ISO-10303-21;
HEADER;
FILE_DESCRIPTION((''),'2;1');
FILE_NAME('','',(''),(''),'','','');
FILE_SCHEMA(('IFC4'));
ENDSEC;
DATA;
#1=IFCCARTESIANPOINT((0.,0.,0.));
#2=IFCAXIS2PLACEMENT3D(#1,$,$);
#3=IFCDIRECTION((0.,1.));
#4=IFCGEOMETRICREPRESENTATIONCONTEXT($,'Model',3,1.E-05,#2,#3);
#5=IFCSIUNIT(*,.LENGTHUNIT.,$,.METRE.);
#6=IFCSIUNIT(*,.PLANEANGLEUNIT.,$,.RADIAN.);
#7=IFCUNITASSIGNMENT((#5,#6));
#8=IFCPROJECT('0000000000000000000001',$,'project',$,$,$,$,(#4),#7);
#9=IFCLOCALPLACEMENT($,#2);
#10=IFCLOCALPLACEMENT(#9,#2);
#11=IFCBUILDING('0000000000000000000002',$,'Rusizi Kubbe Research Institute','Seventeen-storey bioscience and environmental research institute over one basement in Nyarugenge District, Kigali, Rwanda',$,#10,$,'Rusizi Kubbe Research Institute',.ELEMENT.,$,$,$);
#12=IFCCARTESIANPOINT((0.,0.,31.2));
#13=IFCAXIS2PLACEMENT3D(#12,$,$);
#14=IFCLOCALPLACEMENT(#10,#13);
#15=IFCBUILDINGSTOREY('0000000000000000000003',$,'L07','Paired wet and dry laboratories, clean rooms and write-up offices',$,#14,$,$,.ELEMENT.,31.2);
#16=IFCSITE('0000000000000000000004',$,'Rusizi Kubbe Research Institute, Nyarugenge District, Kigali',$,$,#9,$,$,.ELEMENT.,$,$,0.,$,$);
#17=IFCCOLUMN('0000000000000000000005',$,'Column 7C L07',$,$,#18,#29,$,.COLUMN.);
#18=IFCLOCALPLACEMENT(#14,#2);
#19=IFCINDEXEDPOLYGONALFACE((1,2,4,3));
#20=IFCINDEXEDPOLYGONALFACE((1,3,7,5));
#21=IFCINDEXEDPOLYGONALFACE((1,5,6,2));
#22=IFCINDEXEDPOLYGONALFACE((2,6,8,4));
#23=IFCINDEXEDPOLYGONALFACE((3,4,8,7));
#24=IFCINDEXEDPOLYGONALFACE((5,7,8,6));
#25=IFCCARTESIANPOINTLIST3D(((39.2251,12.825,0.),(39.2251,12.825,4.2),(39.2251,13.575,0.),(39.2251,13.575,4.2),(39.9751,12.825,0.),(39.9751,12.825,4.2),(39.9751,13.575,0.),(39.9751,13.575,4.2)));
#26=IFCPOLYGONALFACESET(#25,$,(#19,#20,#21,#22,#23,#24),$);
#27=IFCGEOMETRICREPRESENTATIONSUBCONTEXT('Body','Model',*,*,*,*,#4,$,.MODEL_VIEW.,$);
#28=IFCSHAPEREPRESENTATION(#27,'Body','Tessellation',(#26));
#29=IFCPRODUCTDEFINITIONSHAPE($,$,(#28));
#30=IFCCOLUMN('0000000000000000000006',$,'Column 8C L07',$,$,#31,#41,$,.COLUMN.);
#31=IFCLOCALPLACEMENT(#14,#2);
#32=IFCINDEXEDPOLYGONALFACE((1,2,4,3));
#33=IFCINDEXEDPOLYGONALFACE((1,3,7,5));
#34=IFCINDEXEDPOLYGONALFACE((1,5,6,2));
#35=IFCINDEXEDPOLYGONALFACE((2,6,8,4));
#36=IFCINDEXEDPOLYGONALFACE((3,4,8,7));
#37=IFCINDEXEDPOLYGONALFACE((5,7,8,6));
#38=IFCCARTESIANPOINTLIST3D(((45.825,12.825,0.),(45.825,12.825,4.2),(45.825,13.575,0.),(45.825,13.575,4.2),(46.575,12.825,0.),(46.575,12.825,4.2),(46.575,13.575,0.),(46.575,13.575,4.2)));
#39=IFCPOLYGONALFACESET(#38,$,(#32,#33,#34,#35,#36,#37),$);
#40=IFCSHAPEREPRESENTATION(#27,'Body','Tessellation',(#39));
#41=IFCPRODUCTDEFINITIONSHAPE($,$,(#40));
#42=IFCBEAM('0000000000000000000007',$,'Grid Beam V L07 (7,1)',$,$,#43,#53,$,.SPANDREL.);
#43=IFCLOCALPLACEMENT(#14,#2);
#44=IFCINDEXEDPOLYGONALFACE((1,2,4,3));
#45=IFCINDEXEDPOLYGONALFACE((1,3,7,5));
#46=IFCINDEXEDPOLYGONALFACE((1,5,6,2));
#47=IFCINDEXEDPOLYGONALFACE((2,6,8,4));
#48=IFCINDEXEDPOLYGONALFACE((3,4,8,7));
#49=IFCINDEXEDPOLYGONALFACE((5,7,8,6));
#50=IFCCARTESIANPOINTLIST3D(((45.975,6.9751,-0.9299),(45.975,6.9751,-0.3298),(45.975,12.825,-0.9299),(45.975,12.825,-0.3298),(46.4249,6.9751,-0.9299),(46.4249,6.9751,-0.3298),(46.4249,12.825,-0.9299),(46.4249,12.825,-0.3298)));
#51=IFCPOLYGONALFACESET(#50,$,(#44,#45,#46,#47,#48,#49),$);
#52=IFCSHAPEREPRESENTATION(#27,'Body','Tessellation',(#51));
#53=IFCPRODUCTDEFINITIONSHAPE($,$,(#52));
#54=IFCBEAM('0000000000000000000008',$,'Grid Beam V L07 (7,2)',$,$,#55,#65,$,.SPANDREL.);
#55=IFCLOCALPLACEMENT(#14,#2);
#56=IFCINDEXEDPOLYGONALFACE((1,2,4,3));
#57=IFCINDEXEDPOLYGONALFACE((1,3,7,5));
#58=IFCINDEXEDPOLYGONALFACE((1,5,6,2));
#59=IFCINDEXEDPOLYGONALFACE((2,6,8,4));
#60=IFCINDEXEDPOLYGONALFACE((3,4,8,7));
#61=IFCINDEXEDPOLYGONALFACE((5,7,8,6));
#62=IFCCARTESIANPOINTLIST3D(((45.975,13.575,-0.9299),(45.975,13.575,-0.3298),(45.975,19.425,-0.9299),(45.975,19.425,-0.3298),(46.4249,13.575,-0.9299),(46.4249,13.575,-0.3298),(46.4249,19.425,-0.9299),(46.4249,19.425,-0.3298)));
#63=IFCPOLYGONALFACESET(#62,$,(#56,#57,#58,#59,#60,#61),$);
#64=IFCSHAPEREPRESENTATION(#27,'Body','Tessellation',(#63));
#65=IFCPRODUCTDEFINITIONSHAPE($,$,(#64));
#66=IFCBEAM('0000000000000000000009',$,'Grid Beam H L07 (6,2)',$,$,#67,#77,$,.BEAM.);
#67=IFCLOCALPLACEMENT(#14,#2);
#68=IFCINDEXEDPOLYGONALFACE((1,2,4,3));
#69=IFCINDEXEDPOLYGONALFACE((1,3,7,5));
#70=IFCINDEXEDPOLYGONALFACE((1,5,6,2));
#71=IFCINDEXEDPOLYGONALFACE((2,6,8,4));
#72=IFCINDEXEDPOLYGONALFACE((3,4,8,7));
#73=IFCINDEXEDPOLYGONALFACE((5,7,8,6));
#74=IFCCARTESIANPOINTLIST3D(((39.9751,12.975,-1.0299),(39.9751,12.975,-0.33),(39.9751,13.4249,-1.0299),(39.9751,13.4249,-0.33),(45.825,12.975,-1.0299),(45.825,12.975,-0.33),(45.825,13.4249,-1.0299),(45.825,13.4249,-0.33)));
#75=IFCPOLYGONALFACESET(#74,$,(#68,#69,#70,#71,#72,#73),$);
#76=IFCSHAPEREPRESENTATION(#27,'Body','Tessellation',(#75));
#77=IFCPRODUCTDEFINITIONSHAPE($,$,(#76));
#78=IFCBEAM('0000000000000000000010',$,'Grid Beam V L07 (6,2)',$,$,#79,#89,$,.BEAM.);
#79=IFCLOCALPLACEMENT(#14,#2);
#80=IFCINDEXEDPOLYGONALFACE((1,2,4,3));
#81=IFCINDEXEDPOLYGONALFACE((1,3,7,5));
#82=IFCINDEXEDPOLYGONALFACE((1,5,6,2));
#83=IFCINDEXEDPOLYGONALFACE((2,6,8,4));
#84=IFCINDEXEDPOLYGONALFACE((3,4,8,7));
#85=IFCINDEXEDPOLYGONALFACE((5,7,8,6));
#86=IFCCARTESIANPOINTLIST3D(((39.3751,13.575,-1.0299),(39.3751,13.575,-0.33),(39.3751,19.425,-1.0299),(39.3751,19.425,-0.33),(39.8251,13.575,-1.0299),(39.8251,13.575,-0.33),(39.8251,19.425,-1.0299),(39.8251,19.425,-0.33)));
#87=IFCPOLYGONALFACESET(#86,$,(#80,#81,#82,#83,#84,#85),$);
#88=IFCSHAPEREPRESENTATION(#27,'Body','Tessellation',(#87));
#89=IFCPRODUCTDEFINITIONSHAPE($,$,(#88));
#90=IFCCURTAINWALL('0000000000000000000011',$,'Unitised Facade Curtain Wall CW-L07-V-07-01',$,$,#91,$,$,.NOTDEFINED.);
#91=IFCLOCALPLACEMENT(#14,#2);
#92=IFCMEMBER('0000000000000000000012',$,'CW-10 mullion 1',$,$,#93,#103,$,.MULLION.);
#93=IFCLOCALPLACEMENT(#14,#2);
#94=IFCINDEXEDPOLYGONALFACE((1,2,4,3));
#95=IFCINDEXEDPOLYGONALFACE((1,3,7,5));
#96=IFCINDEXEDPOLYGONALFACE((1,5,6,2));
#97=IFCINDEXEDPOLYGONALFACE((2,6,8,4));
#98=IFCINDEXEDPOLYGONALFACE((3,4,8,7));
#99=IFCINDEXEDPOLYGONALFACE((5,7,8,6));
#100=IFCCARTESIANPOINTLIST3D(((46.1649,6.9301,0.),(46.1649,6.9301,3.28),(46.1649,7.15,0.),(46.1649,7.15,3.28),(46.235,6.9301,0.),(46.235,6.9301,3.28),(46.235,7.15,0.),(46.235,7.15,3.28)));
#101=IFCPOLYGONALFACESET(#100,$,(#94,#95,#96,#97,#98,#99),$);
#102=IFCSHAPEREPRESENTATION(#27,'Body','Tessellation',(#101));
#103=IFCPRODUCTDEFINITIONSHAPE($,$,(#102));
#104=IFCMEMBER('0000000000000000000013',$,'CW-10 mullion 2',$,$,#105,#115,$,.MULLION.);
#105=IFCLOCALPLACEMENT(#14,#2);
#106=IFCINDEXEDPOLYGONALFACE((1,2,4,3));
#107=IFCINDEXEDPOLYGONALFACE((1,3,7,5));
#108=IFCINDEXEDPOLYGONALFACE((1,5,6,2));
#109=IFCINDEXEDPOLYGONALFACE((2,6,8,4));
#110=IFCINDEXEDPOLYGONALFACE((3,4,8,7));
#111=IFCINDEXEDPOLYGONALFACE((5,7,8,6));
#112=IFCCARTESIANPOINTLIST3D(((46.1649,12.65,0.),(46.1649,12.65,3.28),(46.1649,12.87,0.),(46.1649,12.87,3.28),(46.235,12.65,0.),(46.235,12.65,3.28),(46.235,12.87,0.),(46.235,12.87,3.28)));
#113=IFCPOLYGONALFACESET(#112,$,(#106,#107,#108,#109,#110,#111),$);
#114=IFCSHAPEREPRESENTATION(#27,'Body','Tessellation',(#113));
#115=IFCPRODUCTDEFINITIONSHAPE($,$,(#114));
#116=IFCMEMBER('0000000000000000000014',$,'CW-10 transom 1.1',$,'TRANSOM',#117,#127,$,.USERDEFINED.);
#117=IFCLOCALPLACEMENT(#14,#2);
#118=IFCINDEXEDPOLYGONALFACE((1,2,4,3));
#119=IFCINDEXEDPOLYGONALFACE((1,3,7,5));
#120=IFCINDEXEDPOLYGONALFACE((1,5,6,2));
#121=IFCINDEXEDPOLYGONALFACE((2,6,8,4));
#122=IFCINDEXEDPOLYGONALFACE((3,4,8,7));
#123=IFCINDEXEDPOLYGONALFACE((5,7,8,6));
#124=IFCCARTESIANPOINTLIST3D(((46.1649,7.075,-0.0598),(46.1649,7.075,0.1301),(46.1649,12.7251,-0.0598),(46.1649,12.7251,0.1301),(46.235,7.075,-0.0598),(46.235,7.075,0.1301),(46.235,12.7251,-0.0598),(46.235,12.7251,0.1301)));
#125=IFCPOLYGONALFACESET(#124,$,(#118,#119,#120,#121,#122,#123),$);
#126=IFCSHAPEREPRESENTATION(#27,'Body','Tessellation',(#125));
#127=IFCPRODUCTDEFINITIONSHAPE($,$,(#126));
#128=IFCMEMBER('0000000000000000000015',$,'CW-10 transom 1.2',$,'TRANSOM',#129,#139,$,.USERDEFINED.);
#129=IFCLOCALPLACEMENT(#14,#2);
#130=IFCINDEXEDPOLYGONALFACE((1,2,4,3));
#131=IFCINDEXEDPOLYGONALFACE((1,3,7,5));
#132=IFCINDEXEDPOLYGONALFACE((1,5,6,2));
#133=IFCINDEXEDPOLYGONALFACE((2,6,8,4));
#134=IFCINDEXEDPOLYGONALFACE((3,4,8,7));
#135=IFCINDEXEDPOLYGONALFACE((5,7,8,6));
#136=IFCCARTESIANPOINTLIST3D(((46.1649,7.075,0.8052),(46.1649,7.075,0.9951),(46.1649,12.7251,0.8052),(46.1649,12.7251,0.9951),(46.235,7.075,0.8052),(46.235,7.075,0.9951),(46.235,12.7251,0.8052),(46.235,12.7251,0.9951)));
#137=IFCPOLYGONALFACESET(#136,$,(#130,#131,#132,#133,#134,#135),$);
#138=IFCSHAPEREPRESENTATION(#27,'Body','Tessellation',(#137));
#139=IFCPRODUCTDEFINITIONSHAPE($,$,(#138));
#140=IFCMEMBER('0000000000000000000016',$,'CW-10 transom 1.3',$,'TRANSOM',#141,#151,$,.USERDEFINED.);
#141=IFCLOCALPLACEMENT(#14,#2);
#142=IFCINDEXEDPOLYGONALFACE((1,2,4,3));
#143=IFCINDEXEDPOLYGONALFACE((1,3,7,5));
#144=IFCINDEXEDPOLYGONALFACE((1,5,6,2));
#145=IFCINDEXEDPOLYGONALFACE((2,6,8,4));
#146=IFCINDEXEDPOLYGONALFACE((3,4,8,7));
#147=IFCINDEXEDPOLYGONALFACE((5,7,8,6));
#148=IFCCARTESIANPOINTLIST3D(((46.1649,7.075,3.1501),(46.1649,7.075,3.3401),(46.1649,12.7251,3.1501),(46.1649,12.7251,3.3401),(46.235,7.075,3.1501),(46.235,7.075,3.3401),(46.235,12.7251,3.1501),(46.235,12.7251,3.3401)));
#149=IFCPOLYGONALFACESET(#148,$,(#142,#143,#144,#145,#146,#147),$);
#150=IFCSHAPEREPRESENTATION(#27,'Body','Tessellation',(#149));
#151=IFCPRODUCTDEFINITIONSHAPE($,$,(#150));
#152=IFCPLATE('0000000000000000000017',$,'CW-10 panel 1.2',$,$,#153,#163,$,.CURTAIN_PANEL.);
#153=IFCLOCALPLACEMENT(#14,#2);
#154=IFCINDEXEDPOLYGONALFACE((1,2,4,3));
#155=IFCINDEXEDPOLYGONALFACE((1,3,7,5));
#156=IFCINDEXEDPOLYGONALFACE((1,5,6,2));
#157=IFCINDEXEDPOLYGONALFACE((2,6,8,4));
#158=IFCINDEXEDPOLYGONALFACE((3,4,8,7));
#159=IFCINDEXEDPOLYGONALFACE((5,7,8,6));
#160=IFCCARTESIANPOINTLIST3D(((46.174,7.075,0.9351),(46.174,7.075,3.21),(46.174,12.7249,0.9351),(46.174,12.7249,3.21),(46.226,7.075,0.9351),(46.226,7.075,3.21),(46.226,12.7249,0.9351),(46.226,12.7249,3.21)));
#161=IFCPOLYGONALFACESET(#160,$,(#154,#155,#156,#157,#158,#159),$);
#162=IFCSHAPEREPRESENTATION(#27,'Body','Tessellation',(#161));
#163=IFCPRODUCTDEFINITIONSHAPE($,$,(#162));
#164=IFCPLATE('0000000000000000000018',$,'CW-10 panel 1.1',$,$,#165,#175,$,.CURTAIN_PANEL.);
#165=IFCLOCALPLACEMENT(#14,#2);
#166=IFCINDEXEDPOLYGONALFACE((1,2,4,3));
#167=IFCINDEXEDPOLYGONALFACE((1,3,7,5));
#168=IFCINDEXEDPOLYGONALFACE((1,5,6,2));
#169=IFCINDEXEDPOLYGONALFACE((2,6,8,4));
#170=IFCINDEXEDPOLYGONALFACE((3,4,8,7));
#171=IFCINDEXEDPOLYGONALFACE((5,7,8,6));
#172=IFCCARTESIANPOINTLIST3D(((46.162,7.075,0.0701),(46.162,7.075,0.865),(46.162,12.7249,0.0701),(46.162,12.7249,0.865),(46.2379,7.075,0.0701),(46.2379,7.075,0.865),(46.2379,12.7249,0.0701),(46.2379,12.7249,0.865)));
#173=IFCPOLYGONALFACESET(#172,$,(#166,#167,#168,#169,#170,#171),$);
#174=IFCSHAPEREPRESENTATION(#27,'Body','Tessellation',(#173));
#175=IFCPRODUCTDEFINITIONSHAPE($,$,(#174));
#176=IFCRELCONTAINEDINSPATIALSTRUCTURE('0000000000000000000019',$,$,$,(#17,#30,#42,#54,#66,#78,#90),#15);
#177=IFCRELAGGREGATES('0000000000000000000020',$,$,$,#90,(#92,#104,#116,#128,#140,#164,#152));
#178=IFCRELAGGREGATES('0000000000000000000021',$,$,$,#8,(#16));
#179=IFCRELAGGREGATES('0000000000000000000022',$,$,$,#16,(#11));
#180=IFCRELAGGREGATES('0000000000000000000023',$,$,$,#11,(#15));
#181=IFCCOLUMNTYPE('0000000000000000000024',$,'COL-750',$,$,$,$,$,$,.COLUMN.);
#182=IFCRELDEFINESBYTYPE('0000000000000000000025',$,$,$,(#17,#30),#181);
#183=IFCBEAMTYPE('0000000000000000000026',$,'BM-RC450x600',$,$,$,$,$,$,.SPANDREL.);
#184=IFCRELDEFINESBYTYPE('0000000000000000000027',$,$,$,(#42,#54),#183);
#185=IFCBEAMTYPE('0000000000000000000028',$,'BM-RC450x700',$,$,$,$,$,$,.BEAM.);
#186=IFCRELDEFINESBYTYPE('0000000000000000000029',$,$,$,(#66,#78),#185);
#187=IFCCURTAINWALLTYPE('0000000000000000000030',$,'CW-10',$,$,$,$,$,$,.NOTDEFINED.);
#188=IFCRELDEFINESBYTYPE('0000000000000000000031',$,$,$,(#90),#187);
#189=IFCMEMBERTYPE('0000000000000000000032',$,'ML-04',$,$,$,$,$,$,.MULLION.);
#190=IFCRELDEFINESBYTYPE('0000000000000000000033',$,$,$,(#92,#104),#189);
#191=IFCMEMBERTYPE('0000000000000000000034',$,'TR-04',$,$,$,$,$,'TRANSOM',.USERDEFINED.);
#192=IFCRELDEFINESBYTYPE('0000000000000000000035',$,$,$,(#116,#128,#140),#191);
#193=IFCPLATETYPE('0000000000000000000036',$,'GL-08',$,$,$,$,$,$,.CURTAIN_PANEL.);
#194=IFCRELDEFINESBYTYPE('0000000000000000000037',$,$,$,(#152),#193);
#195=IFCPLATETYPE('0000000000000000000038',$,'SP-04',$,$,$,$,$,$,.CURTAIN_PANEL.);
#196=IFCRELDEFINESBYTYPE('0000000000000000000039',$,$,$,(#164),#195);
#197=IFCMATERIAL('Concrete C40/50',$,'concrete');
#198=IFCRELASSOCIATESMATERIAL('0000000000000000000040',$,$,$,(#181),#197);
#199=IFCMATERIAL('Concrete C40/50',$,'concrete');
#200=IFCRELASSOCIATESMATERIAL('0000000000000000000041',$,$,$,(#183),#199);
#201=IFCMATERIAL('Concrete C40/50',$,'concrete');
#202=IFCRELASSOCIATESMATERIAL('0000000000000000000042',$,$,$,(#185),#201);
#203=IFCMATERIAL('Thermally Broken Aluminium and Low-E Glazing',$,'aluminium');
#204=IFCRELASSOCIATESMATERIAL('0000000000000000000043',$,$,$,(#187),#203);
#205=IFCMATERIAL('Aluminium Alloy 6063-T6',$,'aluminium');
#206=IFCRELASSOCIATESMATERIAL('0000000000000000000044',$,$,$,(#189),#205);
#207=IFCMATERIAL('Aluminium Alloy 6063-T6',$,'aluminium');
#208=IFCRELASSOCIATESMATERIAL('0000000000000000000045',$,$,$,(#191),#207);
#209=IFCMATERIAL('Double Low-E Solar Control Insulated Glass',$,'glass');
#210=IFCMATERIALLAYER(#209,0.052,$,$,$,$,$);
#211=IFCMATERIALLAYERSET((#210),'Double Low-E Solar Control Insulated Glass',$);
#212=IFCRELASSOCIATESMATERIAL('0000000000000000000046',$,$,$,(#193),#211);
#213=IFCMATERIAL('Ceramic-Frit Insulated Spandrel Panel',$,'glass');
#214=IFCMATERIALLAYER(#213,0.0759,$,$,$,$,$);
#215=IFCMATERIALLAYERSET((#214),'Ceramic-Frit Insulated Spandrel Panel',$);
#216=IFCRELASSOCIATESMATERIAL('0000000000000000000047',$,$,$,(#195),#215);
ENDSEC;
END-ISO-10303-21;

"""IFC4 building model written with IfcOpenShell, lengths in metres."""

from ifc_helpers import new_model, si_unit, direction, frame, origin, origin_2d, place, context, subcontext, project, spatial, rectangle, extrude, material, layer, layer_set, material_profile, profile_set, type_object, element, aggregate, save


model = new_model("IFC4")

# Units and contexts
model_context = context("Model", 3, precision=1e-05, world=origin(), true_north=direction((0.0, 1.0)))
body_context = subcontext(model_context, "Body", "Model", "MODEL_VIEW")
ifc_project = project(units=[si_unit("LENGTHUNIT", "METRE"), si_unit("PLANEANGLEUNIT", "RADIAN")], contexts=[model_context])

# Site, building, storey
site_placement = place(None, origin())
site = spatial("IfcSite", under=ifc_project, at=site_placement, Name="Rusizi Kubbe Research Institute, Nyarugenge District, Kigali", CompositionType="ELEMENT", RefElevation=0.0)
building_placement = place(site_placement, origin())
building = spatial("IfcBuilding", under=site, at=building_placement, Name="Rusizi Kubbe Research Institute", Description="Seventeen-storey bioscience and environmental research institute over one basement in Nyarugenge District, Kigali, Rwanda", LongName="Rusizi Kubbe Research Institute", CompositionType="ELEMENT")
storey_placement = place(building_placement, frame((0.0, 0.0, 31.2)))
storey = spatial("IfcBuildingStorey", under=building, at=storey_placement, Name="L07", Description="Paired wet and dry laboratories, clean rooms and write-up offices", CompositionType="ELEMENT", Elevation=31.2)

# Columns
ifc_material_1 = material(Name="Concrete C40/50", Category="concrete")
ifc_material_profile_1 = material_profile(ifc_material_1, rectangle(XDim=0.75, YDim=0.75, at=origin_2d()), Name="RC750x750")
ifc_profile_set_1 = profile_set([ifc_material_profile_1], Name="Concrete C40/50")
column_type = type_object("IfcColumnType", Name="COL-750", PredefinedType="COLUMN", material=ifc_profile_set_1)
for number, where, z_axis, x_axis, name in (
    (1, (39.6001, 13.2, 0.0), (0.0, 0.0, 1.0), (1.0, 0.0, 0.0), "Column 7C L07"),
    (2, (46.2, 13.2, 0.0), (0.0, 0.0, 1.0), (1.0, 0.0, 0.0), "Column 8C L07"),
):
    element("IfcColumn", number, at=place(storey_placement, frame(where, z_axis=z_axis, x_axis=x_axis)), inside=storey, type_object=column_type, Name=name, PredefinedType="COLUMN", context=body_context, shape_type="SweptSolid", body=[
        extrude(rectangle(XDim=0.75, YDim=0.75, at=origin_2d()), origin(), (0.0, 0.0, 1.0), 4.2),
    ])

# Beams
ifc_material_2 = material(Name="Concrete C40/50", Category="concrete")
ifc_material_profile_2 = material_profile(ifc_material_2, rectangle(XDim=0.45, YDim=0.6001, at=origin_2d()), Name="RC450x600")
ifc_profile_set_2 = profile_set([ifc_material_profile_2], Name="Concrete C40/50")
beam_type_1 = type_object("IfcBeamType", Name="BM-RC450x600", PredefinedType="SPANDREL", material=ifc_profile_set_2)
beam_1_placement = place(storey_placement, frame((46.2, 6.9751, -0.6299), z_axis=(0.0, 1.0, 0.0), x_axis=(-1.0, 0.0, 0.0)))
element("IfcBeam", 3, at=beam_1_placement, inside=storey, type_object=beam_type_1, Name="Grid Beam V L07 (7,1)", PredefinedType="SPANDREL", context=body_context, shape_type="SweptSolid", body=[
    extrude(rectangle(XDim=0.45, YDim=0.6001, at=origin_2d()), origin(), (0.0, 0.0, 1.0), 5.8499),
])
beam_2_placement = place(storey_placement, frame((46.2, 13.575, -0.6299), z_axis=(0.0, 1.0, 0.0), x_axis=(-1.0, 0.0, 0.0)))
element("IfcBeam", 4, at=beam_2_placement, inside=storey, type_object=beam_type_1, Name="Grid Beam V L07 (7,2)", PredefinedType="SPANDREL", context=body_context, shape_type="SweptSolid", body=[
    extrude(rectangle(XDim=0.45, YDim=0.6001, at=origin_2d()), origin(), (0.0, 0.0, 1.0), 5.8501),
])
ifc_material_3 = material(Name="Concrete C40/50", Category="concrete")
ifc_material_profile_3 = material_profile(ifc_material_3, rectangle(XDim=0.45, YDim=0.7, at=origin_2d()), Name="RC450x700B")
ifc_profile_set_3 = profile_set([ifc_material_profile_3], Name="Concrete C40/50")
beam_type_2 = type_object("IfcBeamType", Name="BM-RC450x700", PredefinedType="BEAM", material=ifc_profile_set_3)
beam_3_placement = place(storey_placement, frame((39.9751, 13.2, -0.6799), z_axis=(1.0, 0.0, 0.0), x_axis=(0.0, 1.0, 0.0)))
element("IfcBeam", 5, at=beam_3_placement, inside=storey, type_object=beam_type_2, Name="Grid Beam H L07 (6,2)", PredefinedType="BEAM", context=body_context, shape_type="SweptSolid", body=[
    extrude(rectangle(XDim=0.45, YDim=0.7, at=origin_2d()), origin(), (0.0, 0.0, 1.0), 5.8499),
])
beam_4_placement = place(storey_placement, frame((39.6001, 13.575, -0.6799), z_axis=(0.0, 1.0, 0.0), x_axis=(-1.0, 0.0, 0.0)))
element("IfcBeam", 6, at=beam_4_placement, inside=storey, type_object=beam_type_2, Name="Grid Beam V L07 (6,2)", PredefinedType="BEAM", context=body_context, shape_type="SweptSolid", body=[
    extrude(rectangle(XDim=0.45, YDim=0.7, at=origin_2d()), origin(), (0.0, 0.0, 1.0), 5.8501),
])

# Curtain wall, members, plates
ifc_material_4 = material(Name="Thermally Broken Aluminium and Low-E Glazing", Category="aluminium")
curtain_wall_type = type_object("IfcCurtainWallType", Name="CW-10", PredefinedType="NOTDEFINED", material=ifc_material_4)
curtain_wall_placement = place(storey_placement, origin())
curtain_wall = element("IfcCurtainWall", 7, at=curtain_wall_placement, inside=storey, type_object=curtain_wall_type, Name="Unitised Facade Curtain Wall CW-L07-V-07-01", PredefinedType="NOTDEFINED")
ifc_material_5 = material(Name="Aluminium Alloy 6063-T6", Category="aluminium")
ifc_material_profile_4 = material_profile(ifc_material_5, rectangle(XDim=0.0701, YDim=0.22, at=origin_2d()), Name="ALU-M 70x220")
ifc_profile_set_4 = profile_set([ifc_material_profile_4], Name="Aluminium Alloy 6063-T6")
member_type_1 = type_object("IfcMemberType", Name="ML-04", PredefinedType="MULLION", material=ifc_profile_set_4)
member_1_placement = place(storey_placement, frame((46.2, 7.04, 0.0), z_axis=(0.0, 0.0, 1.0), x_axis=(-1.0, 0.0, 0.0)))
member_1 = element("IfcMember", 8, at=member_1_placement, type_object=member_type_1, Name="CW-10 mullion 1", PredefinedType="MULLION", context=body_context, shape_type="SweptSolid", body=[
    extrude(rectangle(XDim=0.0701, YDim=0.22, at=origin_2d()), origin(), (0.0, 0.0, 1.0), 3.28),
])
member_2_placement = place(storey_placement, frame((46.2, 12.76, 0.0), z_axis=(0.0, 0.0, 1.0), x_axis=(-1.0, 0.0, 0.0)))
member_2 = element("IfcMember", 9, at=member_2_placement, type_object=member_type_1, Name="CW-10 mullion 2", PredefinedType="MULLION", context=body_context, shape_type="SweptSolid", body=[
    extrude(rectangle(XDim=0.0701, YDim=0.22, at=origin_2d()), origin(), (0.0, 0.0, 1.0), 3.28),
])
ifc_material_6 = material(Name="Aluminium Alloy 6063-T6", Category="aluminium")
ifc_material_profile_5 = material_profile(ifc_material_6, rectangle(XDim=0.0701, YDim=0.1899, at=origin_2d()), Name="ALU-T 70x190")
ifc_profile_set_5 = profile_set([ifc_material_profile_5], Name="Aluminium Alloy 6063-T6")
member_type_2 = type_object("IfcMemberType", Name="TR-04", ElementType="TRANSOM", PredefinedType="USERDEFINED", material=ifc_profile_set_5)
member_3_placement = place(storey_placement, frame((46.2, 7.075, 0.0352), z_axis=(0.0, 1.0, 0.0), x_axis=(-1.0, 0.0, 0.0)))
member_3 = element("IfcMember", 10, at=member_3_placement, type_object=member_type_2, Name="CW-10 transom 1.1", ObjectType="TRANSOM", PredefinedType="USERDEFINED", context=body_context, shape_type="SweptSolid", body=[
    extrude(rectangle(XDim=0.0701, YDim=0.1899, at=origin_2d()), origin(), (0.0, 0.0, 1.0), 5.6501),
])
member_4_placement = place(storey_placement, frame((46.2, 7.075, 0.9001), z_axis=(0.0, 1.0, 0.0), x_axis=(-1.0, 0.0, 0.0)))
member_4 = element("IfcMember", 11, at=member_4_placement, type_object=member_type_2, Name="CW-10 transom 1.2", ObjectType="TRANSOM", PredefinedType="USERDEFINED", context=body_context, shape_type="SweptSolid", body=[
    extrude(rectangle(XDim=0.0701, YDim=0.1899, at=origin_2d()), origin(), (0.0, 0.0, 1.0), 5.6501),
])
member_5_placement = place(storey_placement, frame((46.2, 7.075, 3.2451), z_axis=(0.0, 1.0, 0.0), x_axis=(-1.0, 0.0, 0.0)))
member_5 = element("IfcMember", 12, at=member_5_placement, type_object=member_type_2, Name="CW-10 transom 1.3", ObjectType="TRANSOM", PredefinedType="USERDEFINED", context=body_context, shape_type="SweptSolid", body=[
    extrude(rectangle(XDim=0.0701, YDim=0.1899, at=origin_2d()), origin(), (0.0, 0.0, 1.0), 5.6501),
])
ifc_material_7 = material(Name="Double Low-E Solar Control Insulated Glass", Category="glass")
ifc_layer_1 = layer(ifc_material_7, 0.052)
ifc_layer_set_1 = layer_set([ifc_layer_1], Name="Double Low-E Solar Control Insulated Glass")
plate_type_1 = type_object("IfcPlateType", Name="GL-08", PredefinedType="CURTAIN_PANEL", material=ifc_layer_set_1)
plate_1_placement = place(storey_placement, frame((46.2, 9.8999, 0.9351), z_axis=(0.0, 0.0, 1.0), x_axis=(0.0, 1.0, 0.0)))
plate_1 = element("IfcPlate", 13, at=plate_1_placement, type_object=plate_type_1, Name="CW-10 panel 1.2", PredefinedType="CURTAIN_PANEL", context=body_context, shape_type="SweptSolid", body=[
    extrude(rectangle(XDim=5.6499, YDim=0.052, at=origin_2d()), origin(), (0.0, 0.0, 1.0), 2.2749),
])
ifc_material_8 = material(Name="Ceramic-Frit Insulated Spandrel Panel", Category="glass")
ifc_layer_2 = layer(ifc_material_8, 0.0759)
ifc_layer_set_2 = layer_set([ifc_layer_2], Name="Ceramic-Frit Insulated Spandrel Panel")
plate_type_2 = type_object("IfcPlateType", Name="SP-04", PredefinedType="CURTAIN_PANEL", material=ifc_layer_set_2)
plate_2_placement = place(storey_placement, frame((46.2, 9.8999, 0.0701), z_axis=(0.0, 0.0, 1.0), x_axis=(0.0, 1.0, 0.0)))
plate_2 = element("IfcPlate", 14, at=plate_2_placement, type_object=plate_type_2, Name="CW-10 panel 1.1", PredefinedType="CURTAIN_PANEL", context=body_context, shape_type="SweptSolid", body=[
    extrude(rectangle(XDim=5.6499, YDim=0.0759, at=origin_2d()), origin(), (0.0, 0.0, 1.0), 0.7949),
])
aggregate(curtain_wall, [member_1, member_2, member_3, member_4, member_5, plate_2, plate_1])

save(model, "model.ifc")
